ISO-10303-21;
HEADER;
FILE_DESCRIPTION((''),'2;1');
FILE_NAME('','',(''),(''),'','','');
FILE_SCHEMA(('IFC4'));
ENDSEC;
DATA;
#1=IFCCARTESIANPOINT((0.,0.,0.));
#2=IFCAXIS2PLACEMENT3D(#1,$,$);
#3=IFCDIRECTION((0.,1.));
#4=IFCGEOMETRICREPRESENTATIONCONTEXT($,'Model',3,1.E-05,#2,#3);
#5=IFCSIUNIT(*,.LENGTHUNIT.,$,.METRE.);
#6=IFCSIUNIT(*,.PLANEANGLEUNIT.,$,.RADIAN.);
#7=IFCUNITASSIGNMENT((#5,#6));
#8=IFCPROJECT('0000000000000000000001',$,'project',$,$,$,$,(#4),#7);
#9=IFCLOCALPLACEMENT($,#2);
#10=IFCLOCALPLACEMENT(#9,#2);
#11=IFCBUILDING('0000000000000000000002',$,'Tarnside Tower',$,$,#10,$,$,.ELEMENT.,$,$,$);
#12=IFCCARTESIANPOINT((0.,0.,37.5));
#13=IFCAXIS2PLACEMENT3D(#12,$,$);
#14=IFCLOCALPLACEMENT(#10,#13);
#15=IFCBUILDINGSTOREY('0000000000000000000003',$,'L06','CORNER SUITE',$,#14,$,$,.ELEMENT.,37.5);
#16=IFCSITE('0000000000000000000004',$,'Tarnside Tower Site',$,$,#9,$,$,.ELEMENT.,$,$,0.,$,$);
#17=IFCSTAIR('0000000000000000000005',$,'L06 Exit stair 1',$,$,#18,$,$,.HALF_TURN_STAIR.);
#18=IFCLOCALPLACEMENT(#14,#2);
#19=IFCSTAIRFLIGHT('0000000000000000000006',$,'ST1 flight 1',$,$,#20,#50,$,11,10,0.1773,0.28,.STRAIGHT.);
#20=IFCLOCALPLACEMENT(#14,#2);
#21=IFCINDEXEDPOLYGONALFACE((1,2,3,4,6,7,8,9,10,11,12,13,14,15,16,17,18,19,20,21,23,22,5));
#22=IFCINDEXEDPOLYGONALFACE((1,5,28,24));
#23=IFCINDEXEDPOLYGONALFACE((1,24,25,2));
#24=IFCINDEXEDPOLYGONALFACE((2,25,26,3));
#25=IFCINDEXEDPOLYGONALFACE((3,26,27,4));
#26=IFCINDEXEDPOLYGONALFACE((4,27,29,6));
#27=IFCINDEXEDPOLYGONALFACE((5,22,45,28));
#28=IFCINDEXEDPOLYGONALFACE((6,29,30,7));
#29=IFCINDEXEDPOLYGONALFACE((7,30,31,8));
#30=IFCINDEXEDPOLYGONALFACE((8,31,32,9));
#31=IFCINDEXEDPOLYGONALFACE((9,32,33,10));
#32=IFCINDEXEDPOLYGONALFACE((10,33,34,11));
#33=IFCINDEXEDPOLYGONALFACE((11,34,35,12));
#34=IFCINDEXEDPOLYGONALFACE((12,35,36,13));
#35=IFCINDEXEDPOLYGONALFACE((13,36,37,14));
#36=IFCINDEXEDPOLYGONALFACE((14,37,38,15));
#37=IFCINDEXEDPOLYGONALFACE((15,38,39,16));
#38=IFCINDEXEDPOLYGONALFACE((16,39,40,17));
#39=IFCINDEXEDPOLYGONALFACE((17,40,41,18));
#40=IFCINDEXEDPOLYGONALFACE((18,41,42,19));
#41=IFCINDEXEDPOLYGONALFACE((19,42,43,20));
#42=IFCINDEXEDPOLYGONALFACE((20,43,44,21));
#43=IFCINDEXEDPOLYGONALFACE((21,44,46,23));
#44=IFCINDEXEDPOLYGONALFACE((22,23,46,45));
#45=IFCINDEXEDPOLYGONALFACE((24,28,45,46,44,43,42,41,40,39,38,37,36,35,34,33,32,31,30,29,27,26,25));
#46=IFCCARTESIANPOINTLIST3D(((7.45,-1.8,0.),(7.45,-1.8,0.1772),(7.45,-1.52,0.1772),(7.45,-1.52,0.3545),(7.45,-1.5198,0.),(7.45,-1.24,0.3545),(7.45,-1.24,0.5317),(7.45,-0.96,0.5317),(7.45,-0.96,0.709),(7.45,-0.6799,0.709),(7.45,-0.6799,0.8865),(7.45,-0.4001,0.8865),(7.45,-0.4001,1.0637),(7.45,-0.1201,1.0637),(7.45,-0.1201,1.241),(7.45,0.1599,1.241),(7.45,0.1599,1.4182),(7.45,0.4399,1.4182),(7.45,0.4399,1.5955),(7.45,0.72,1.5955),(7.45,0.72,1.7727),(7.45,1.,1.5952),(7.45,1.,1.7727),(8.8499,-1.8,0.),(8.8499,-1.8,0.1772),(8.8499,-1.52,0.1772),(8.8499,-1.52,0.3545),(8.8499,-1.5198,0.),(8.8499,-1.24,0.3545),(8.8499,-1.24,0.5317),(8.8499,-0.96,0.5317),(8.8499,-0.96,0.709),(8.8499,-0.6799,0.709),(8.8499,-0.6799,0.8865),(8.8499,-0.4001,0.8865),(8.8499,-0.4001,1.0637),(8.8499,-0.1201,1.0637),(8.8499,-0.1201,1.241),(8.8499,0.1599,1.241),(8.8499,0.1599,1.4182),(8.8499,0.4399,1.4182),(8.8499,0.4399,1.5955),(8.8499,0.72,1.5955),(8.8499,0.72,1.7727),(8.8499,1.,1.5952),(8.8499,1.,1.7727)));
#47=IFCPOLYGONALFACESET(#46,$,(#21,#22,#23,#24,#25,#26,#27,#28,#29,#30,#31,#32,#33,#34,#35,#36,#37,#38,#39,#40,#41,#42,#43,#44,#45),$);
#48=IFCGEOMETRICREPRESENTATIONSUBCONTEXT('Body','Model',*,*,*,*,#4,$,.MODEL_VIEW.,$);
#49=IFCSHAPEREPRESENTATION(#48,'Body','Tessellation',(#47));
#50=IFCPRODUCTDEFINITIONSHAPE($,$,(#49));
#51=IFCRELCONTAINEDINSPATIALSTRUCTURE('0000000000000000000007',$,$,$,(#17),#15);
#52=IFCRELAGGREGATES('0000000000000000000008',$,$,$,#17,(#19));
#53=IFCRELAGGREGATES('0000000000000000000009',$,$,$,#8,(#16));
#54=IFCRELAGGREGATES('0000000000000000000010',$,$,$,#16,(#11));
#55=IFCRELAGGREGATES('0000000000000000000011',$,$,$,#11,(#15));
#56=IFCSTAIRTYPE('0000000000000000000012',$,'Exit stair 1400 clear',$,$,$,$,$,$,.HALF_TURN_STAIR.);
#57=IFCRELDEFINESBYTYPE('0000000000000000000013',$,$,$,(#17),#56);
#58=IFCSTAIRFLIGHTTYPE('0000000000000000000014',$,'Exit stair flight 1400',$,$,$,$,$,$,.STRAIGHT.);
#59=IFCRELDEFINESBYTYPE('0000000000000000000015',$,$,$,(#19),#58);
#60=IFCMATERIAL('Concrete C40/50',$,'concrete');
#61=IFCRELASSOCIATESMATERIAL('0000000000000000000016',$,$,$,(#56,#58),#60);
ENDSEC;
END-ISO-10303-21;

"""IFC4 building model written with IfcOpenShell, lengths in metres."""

from ifc_helpers import new_model, si_unit, direction, frame, origin, place, context, subcontext, project, spatial, polyline, outline, extrude, material, type_object, element, aggregate, save


model = new_model("IFC4")

# Units and contexts
model_context = context("Model", 3, precision=1e-05, world=origin(), true_north=direction((0.0, 1.0)))
body_context = subcontext(model_context, "Body", "Model", "MODEL_VIEW")
ifc_project = project(units=[si_unit("LENGTHUNIT", "METRE"), si_unit("PLANEANGLEUNIT", "RADIAN")], contexts=[model_context])

# Site, building, storey
site_placement = place(None, origin())
site = spatial("IfcSite", under=ifc_project, at=site_placement, Name="Tarnside Tower Site", CompositionType="ELEMENT", RefElevation=0.0)
building_placement = place(site_placement, origin())
building = spatial("IfcBuilding", under=site, at=building_placement, Name="Tarnside Tower", CompositionType="ELEMENT")
storey_placement = place(building_placement, frame((0.0, 0.0, 37.5)))
storey = spatial("IfcBuildingStorey", under=building, at=storey_placement, Name="L06", Description="CORNER SUITE", CompositionType="ELEMENT", Elevation=37.5)

# Shared definitions
ifc_material_1 = material(Name="Concrete C40/50", Category="concrete")

# Stair, stair flight
stair_type = type_object("IfcStairType", Name="Exit stair 1400 clear", PredefinedType="HALF_TURN_STAIR", material=ifc_material_1)
stair_placement = place(storey_placement, origin())
stair = element("IfcStair", 1, at=stair_placement, inside=storey, type_object=stair_type, Name="L06 Exit stair 1", PredefinedType="HALF_TURN_STAIR")
stair_flight_type = type_object("IfcStairFlightType", Name="Exit stair flight 1400", PredefinedType="STRAIGHT", material=ifc_material_1)
stair_flight_placement = place(storey_placement, frame((8.1499, -1.8, 0.0), z_axis=(0.0, 0.0, 1.0), x_axis=(0.0, 1.0, 0.0)))
stair_flight = element("IfcStairFlight", 2, at=stair_flight_placement, type_object=stair_flight_type, Name="ST1 flight 1", NumberOfRisers=11, NumberOfTreads=10, PredefinedType="STRAIGHT", RiserHeight=0.1773, TreadLength=0.28, context=body_context, shape_type="SweptSolid", body=[
    extrude(outline(polyline([(0.0, 0.0), (0.0, 0.1772), (0.28, 0.1772), (0.28, 0.3545), (0.5601, 0.3545), (0.5601, 0.5317), (0.8401, 0.5317), (0.8401, 0.709), (1.1201, 0.709), (1.1201, 0.8865), (1.3999, 0.8865), (1.3999, 1.0637), (1.6799, 1.0637), (1.6799, 1.241), (1.96, 1.241), (1.96, 1.4182), (2.24, 1.4182), (2.24, 1.5955), (2.52, 1.5955), (2.52, 1.7727), (2.8, 1.7727), (2.8, 1.95), (2.8, 1.5952), (0.2803, 0.0), (0.0, 0.0)])), frame((0.0, 0.7, 0.0), z_axis=(0.0, -1.0, 0.0), x_axis=(1.0, 0.0, 0.0)), (0.0, 0.0, 1.0), 1.3999),
])
aggregate(stair, [stair_flight])

save(model, "model.ifc")
